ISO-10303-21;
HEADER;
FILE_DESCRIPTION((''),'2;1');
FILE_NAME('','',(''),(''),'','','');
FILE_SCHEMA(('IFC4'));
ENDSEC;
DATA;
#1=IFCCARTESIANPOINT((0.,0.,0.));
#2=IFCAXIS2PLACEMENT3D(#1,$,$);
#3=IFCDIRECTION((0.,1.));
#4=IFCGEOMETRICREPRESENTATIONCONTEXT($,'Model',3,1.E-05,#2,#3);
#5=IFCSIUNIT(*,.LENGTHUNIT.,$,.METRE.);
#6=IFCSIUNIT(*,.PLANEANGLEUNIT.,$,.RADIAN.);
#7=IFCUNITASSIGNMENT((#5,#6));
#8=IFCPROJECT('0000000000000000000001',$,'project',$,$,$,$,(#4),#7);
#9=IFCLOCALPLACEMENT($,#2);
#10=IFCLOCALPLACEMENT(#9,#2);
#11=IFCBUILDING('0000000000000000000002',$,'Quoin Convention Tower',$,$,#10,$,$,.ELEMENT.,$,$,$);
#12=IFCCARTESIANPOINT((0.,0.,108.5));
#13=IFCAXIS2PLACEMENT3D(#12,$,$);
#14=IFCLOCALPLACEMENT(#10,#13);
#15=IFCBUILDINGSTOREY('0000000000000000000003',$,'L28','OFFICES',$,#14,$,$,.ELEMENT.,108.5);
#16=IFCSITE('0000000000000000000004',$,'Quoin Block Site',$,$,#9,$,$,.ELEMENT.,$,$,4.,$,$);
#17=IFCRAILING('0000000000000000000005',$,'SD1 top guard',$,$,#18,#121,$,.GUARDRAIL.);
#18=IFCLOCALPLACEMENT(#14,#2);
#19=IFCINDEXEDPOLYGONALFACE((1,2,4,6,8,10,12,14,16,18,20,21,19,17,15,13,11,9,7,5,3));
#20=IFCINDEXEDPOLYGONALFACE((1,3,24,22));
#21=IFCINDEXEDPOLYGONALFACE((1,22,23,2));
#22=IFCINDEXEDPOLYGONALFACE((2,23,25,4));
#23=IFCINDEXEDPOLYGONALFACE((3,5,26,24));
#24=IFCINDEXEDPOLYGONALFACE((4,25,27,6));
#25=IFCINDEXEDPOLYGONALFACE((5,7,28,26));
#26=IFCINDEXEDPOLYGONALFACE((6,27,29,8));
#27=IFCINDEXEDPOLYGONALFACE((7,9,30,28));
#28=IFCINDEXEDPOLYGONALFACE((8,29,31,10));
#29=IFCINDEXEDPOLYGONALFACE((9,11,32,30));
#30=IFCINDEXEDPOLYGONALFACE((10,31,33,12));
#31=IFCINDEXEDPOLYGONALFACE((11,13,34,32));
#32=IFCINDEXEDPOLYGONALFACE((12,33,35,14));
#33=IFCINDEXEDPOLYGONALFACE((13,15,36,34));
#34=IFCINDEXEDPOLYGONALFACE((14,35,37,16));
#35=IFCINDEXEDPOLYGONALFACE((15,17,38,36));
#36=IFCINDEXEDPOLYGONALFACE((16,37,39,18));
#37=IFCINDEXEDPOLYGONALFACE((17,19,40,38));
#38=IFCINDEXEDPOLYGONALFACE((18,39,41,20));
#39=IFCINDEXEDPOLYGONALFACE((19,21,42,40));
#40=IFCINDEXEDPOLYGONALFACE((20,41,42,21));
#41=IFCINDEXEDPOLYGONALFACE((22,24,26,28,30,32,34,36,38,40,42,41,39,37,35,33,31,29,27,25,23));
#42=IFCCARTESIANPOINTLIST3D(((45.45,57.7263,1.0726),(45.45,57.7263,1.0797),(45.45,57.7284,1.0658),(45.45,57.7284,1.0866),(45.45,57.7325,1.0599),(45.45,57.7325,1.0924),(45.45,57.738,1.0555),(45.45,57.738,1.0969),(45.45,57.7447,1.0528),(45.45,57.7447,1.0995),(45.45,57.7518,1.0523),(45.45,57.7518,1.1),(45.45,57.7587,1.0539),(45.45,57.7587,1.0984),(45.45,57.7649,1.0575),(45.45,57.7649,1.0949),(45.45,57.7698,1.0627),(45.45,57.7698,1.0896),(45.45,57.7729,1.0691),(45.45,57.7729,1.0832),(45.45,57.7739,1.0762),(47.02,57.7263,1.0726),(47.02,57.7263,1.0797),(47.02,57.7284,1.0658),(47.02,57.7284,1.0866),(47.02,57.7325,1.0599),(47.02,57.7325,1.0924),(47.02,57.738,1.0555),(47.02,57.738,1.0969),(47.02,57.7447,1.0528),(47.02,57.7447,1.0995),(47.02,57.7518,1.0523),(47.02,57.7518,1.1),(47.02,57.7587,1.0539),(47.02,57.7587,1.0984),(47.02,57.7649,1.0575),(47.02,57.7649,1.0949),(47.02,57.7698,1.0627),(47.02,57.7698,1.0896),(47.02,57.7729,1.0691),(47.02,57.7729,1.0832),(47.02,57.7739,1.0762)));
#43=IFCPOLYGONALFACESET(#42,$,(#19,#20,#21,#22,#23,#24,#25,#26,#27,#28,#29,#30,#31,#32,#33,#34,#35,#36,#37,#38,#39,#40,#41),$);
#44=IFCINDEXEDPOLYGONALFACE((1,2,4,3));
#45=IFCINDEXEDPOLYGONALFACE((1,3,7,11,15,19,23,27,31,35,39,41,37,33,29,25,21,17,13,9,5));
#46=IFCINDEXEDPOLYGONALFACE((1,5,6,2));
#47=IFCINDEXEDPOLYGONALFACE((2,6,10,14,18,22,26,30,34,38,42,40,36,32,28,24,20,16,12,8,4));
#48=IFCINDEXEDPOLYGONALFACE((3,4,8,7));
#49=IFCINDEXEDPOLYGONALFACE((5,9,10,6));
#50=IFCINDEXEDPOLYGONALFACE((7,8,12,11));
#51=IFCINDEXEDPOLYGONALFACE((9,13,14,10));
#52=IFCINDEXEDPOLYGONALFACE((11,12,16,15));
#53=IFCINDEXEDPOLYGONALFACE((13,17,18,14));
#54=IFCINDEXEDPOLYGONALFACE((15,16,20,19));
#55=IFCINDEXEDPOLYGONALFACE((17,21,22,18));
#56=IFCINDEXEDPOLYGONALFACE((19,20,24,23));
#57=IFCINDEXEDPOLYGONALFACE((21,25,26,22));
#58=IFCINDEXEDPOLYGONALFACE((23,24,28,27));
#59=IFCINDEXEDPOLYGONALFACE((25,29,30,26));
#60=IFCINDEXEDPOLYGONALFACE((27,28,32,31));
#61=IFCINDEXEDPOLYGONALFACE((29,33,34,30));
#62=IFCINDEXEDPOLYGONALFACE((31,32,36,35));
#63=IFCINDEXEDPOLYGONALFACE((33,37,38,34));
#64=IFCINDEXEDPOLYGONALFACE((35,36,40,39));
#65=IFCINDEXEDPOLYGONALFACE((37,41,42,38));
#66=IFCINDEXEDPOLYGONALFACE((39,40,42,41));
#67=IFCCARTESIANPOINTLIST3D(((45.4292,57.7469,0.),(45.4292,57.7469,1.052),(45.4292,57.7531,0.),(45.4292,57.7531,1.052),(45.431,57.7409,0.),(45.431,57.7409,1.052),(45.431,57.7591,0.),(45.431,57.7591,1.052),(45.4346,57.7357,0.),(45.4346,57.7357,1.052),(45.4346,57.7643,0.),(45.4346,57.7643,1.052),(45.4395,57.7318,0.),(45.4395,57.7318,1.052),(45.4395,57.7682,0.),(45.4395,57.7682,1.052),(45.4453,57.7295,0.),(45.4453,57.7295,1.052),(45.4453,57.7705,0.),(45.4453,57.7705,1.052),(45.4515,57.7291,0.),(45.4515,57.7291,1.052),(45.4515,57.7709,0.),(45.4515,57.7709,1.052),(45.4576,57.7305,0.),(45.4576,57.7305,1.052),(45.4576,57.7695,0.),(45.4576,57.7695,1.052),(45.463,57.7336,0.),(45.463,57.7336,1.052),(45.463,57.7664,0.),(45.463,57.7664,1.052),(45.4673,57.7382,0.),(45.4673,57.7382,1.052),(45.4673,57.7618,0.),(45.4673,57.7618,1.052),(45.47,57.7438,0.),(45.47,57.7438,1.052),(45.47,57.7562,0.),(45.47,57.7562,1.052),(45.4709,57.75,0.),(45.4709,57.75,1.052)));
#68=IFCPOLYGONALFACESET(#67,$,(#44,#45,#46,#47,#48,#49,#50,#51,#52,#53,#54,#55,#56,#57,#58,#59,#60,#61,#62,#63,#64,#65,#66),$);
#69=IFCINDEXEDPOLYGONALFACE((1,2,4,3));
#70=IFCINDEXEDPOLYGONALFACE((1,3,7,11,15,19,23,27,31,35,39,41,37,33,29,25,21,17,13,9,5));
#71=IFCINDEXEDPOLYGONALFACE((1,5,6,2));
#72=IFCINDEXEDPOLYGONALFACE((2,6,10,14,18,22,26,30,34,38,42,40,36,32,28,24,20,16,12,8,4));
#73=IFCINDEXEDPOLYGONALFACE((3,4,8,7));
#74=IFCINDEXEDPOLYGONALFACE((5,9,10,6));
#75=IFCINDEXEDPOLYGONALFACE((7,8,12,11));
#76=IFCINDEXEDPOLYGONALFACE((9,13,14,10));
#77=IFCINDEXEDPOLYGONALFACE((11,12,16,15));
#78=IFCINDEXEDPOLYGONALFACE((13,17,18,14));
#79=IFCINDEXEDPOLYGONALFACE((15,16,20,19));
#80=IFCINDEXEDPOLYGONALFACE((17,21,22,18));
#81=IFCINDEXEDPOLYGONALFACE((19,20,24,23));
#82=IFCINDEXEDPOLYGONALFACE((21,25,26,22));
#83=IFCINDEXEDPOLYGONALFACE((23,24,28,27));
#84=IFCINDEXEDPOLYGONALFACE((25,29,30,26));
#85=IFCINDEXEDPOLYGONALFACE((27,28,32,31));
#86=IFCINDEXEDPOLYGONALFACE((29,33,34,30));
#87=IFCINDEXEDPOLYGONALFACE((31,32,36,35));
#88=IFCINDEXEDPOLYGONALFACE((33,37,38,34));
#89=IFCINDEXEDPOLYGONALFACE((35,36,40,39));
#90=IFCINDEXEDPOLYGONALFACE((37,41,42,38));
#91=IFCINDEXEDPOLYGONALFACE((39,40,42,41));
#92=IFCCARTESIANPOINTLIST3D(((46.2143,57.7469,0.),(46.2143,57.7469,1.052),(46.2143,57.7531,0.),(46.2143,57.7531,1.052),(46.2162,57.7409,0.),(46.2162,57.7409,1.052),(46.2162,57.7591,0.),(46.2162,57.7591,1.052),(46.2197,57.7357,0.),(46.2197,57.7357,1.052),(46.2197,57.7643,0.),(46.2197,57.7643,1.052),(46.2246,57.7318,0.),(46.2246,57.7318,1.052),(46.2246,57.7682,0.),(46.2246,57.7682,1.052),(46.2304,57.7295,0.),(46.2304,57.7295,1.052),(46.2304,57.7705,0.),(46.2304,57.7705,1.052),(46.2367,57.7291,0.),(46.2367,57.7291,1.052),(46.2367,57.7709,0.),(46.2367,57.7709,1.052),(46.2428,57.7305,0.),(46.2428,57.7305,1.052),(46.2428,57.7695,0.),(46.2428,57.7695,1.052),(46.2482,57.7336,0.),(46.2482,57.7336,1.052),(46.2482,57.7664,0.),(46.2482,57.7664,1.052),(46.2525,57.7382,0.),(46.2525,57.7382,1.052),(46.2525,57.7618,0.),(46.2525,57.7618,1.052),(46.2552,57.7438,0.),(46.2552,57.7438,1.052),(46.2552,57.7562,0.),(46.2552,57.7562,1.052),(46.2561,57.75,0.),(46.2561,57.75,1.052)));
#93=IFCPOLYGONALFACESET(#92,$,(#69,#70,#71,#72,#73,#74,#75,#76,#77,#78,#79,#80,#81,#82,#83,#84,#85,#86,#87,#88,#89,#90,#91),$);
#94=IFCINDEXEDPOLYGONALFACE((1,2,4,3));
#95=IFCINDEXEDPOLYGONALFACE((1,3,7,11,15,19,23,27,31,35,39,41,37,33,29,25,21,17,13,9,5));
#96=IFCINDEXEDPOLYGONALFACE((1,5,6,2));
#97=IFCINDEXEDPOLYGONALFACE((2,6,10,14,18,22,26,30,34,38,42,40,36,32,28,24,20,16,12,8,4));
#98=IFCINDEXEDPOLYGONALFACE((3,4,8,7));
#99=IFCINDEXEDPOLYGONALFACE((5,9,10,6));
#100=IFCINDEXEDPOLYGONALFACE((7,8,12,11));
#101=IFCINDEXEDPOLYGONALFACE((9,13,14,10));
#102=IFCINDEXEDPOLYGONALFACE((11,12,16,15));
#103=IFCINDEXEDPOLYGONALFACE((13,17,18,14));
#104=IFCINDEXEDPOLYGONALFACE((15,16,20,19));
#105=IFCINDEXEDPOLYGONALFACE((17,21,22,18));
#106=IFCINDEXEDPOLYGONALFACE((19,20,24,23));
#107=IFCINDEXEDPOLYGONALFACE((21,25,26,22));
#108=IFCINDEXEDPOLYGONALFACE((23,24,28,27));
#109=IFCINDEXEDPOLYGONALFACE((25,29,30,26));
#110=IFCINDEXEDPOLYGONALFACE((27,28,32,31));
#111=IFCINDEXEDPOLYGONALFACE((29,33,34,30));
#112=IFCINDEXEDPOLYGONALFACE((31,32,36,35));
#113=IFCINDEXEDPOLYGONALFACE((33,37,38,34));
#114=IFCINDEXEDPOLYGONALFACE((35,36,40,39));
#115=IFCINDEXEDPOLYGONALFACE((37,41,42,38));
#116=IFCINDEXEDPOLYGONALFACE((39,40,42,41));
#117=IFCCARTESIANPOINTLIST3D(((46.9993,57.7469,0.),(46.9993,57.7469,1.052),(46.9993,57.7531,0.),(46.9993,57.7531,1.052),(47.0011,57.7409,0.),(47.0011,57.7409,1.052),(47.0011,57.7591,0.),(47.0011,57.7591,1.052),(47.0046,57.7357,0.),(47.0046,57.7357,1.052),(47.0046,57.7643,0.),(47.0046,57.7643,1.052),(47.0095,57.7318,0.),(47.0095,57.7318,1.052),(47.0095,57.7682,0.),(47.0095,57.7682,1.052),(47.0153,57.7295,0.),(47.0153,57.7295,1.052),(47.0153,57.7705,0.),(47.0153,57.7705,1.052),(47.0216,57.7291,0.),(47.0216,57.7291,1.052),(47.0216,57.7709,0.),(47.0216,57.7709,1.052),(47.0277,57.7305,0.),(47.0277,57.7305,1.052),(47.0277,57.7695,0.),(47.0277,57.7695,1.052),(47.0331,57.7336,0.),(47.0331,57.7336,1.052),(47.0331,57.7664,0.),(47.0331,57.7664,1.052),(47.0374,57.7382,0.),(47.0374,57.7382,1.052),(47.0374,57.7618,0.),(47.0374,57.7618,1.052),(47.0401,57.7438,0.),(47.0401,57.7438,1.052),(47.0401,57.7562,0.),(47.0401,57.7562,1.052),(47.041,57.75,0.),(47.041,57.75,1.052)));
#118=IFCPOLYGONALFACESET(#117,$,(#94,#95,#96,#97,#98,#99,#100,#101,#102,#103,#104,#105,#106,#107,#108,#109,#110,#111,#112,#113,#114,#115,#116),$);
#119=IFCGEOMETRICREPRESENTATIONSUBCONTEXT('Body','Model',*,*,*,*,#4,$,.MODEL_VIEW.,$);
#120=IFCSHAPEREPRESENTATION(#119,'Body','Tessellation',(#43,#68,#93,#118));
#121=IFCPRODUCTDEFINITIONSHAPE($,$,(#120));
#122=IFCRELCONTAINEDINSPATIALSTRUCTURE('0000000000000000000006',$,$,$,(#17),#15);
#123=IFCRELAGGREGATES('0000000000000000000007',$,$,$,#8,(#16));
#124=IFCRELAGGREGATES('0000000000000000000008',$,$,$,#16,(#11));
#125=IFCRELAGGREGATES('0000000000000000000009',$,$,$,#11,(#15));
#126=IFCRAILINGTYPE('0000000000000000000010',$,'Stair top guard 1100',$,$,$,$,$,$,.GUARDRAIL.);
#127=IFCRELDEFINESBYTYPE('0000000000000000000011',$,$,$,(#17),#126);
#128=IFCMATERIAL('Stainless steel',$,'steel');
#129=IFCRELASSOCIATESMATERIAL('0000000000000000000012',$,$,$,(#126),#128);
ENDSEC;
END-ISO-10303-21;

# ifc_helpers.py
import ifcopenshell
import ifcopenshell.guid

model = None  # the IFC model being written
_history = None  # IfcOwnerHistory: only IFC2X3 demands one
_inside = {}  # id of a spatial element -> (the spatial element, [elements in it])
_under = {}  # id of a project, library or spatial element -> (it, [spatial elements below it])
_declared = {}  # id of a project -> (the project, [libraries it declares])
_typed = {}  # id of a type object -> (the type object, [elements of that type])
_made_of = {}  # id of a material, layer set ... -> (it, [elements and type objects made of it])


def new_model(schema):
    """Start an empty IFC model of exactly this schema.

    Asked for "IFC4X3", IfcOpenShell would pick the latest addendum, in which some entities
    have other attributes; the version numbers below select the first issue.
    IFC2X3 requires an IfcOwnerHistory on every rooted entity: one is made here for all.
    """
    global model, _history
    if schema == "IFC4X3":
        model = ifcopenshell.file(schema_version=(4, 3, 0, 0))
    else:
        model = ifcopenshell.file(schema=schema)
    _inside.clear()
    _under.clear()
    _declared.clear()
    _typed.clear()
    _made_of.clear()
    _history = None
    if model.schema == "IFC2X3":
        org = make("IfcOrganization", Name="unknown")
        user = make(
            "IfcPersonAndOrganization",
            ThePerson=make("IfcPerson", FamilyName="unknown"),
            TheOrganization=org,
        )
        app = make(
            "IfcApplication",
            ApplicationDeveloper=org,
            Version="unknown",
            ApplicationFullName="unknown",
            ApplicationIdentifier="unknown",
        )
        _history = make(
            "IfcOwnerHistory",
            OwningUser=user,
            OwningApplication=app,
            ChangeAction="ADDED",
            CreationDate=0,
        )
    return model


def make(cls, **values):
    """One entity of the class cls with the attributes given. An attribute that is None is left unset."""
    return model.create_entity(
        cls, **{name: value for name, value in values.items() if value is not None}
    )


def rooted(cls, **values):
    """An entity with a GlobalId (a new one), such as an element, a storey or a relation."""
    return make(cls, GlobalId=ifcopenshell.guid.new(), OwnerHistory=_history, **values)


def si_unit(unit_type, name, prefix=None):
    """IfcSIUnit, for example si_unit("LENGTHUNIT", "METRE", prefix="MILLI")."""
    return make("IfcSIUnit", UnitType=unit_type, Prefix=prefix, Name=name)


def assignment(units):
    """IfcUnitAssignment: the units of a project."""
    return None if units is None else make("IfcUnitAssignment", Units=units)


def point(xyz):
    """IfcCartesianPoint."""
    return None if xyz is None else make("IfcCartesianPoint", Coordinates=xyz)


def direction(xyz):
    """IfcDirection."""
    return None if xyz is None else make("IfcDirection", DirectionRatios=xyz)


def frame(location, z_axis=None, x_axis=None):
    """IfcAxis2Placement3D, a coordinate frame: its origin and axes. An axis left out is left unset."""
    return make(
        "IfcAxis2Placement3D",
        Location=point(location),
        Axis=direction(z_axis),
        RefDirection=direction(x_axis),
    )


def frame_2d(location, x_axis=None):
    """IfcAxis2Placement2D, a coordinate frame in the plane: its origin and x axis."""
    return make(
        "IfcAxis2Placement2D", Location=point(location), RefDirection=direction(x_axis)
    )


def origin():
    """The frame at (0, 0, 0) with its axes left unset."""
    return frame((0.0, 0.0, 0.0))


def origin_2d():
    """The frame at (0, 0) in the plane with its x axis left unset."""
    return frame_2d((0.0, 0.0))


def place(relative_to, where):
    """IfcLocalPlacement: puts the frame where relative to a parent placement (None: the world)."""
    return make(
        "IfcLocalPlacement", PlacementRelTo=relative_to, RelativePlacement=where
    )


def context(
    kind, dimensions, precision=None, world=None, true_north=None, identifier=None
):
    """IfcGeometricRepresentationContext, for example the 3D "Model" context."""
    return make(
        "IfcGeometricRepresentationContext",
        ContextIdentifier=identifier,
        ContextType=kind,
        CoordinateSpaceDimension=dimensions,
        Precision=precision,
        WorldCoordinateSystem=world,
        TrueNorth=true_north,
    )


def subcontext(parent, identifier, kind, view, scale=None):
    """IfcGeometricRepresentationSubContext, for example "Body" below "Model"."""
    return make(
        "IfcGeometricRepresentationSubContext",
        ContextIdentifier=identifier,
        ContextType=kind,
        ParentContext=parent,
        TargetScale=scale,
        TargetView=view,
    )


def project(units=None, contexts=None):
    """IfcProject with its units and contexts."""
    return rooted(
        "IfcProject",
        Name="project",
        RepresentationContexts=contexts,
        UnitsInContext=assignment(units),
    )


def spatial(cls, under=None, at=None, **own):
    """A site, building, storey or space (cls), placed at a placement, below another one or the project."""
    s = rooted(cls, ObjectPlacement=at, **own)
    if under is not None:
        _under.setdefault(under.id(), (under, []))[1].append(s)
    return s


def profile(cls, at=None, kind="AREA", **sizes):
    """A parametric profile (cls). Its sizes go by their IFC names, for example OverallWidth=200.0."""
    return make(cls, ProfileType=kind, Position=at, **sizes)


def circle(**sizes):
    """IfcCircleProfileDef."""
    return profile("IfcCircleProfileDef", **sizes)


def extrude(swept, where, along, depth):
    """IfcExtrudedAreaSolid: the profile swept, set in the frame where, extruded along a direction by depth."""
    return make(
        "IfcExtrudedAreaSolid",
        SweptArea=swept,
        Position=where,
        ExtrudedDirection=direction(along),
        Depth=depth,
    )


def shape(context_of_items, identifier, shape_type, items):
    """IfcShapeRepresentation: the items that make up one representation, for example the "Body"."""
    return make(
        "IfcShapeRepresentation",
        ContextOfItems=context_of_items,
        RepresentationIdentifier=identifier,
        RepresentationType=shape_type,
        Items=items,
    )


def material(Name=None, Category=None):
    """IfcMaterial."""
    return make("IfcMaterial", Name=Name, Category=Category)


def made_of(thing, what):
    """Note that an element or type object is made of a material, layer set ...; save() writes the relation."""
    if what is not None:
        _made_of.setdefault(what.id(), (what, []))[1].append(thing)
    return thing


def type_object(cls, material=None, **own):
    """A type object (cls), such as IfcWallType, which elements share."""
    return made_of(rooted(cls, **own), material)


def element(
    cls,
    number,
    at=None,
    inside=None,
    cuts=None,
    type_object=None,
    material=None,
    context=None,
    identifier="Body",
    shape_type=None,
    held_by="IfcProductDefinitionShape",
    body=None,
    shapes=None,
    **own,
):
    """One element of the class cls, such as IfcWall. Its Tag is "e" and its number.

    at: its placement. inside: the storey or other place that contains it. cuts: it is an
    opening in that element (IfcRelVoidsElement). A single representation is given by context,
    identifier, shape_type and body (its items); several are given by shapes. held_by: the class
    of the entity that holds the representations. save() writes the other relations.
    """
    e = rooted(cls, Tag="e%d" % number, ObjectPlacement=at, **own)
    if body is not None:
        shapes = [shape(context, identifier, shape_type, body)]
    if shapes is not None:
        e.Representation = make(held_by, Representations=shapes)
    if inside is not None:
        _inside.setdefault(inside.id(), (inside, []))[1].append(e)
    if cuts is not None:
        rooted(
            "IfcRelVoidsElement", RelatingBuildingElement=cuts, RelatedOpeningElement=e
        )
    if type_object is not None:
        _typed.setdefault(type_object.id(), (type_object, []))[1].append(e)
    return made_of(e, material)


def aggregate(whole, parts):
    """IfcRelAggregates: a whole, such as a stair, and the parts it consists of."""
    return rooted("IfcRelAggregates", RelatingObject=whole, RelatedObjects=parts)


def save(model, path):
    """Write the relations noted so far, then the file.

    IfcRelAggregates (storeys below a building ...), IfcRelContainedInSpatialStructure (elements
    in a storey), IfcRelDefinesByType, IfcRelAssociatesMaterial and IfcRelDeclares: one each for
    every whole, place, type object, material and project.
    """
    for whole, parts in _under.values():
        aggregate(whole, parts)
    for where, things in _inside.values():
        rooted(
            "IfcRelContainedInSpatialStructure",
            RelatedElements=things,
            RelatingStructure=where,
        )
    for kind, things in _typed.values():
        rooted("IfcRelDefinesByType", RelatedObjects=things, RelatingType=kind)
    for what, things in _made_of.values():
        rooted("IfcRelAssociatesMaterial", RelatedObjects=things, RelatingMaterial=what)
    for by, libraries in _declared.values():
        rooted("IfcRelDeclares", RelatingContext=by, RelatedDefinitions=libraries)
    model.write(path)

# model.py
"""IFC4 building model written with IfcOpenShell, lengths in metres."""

from ifc_helpers import new_model, si_unit, direction, frame, origin, origin_2d, place, context, subcontext, project, spatial, circle, extrude, material, type_object, element, save


model = new_model("IFC4")

# Units and contexts
model_context = context("Model", 3, precision=1e-05, world=origin(), true_north=direction((0.0, 1.0)))
body_context = subcontext(model_context, "Body", "Model", "MODEL_VIEW")
ifc_project = project(units=[si_unit("LENGTHUNIT", "METRE"), si_unit("PLANEANGLEUNIT", "RADIAN")], contexts=[model_context])

# Site, building, storey
site_placement = place(None, origin())
site = spatial("IfcSite", under=ifc_project, at=site_placement, Name="Quoin Block Site", CompositionType="ELEMENT", RefElevation=4.0)
building_placement = place(site_placement, origin())
building = spatial("IfcBuilding", under=site, at=building_placement, Name="Quoin Convention Tower", CompositionType="ELEMENT")
storey_placement = place(building_placement, frame((0.0, 0.0, 108.5)))
storey = spatial("IfcBuildingStorey", under=building, at=storey_placement, Name="L28", Description="OFFICES", CompositionType="ELEMENT", Elevation=108.5)

# Railing
ifc_material_1 = material(Name="Stainless steel", Category="steel")
railing_type_1 = type_object("IfcRailingType", Name="Stair top guard 1100", PredefinedType="GUARDRAIL", material=ifc_material_1)
railing_1_placement = place(storey_placement, frame((45.45, 57.75, 0.0)))
element("IfcRailing", 1, at=railing_1_placement, inside=storey, type_object=railing_type_1, Name="SD1 top guard", PredefinedType="GUARDRAIL", context=body_context, shape_type="SweptSolid", body=[
    extrude(circle(Radius=0.0239, at=origin_2d()), frame((0.0, 0.0, 1.0762), z_axis=(1.0, 0.0, 0.0), x_axis=(0.0, 1.0, 0.0)), (0.0, 0.0, 1.0), 1.5701),
    extrude(circle(Radius=0.021, at=origin_2d()), origin(), (0.0, 0.0, 1.0), 1.052),
    extrude(circle(Radius=0.021, at=origin_2d()), frame((0.7852, 0.0, 0.0)), (0.0, 0.0, 1.0), 1.052),
    extrude(circle(Radius=0.021, at=origin_2d()), frame((1.5701, 0.0, 0.0)), (0.0, 0.0, 1.0), 1.052),
])

save(model, "model.ifc")
